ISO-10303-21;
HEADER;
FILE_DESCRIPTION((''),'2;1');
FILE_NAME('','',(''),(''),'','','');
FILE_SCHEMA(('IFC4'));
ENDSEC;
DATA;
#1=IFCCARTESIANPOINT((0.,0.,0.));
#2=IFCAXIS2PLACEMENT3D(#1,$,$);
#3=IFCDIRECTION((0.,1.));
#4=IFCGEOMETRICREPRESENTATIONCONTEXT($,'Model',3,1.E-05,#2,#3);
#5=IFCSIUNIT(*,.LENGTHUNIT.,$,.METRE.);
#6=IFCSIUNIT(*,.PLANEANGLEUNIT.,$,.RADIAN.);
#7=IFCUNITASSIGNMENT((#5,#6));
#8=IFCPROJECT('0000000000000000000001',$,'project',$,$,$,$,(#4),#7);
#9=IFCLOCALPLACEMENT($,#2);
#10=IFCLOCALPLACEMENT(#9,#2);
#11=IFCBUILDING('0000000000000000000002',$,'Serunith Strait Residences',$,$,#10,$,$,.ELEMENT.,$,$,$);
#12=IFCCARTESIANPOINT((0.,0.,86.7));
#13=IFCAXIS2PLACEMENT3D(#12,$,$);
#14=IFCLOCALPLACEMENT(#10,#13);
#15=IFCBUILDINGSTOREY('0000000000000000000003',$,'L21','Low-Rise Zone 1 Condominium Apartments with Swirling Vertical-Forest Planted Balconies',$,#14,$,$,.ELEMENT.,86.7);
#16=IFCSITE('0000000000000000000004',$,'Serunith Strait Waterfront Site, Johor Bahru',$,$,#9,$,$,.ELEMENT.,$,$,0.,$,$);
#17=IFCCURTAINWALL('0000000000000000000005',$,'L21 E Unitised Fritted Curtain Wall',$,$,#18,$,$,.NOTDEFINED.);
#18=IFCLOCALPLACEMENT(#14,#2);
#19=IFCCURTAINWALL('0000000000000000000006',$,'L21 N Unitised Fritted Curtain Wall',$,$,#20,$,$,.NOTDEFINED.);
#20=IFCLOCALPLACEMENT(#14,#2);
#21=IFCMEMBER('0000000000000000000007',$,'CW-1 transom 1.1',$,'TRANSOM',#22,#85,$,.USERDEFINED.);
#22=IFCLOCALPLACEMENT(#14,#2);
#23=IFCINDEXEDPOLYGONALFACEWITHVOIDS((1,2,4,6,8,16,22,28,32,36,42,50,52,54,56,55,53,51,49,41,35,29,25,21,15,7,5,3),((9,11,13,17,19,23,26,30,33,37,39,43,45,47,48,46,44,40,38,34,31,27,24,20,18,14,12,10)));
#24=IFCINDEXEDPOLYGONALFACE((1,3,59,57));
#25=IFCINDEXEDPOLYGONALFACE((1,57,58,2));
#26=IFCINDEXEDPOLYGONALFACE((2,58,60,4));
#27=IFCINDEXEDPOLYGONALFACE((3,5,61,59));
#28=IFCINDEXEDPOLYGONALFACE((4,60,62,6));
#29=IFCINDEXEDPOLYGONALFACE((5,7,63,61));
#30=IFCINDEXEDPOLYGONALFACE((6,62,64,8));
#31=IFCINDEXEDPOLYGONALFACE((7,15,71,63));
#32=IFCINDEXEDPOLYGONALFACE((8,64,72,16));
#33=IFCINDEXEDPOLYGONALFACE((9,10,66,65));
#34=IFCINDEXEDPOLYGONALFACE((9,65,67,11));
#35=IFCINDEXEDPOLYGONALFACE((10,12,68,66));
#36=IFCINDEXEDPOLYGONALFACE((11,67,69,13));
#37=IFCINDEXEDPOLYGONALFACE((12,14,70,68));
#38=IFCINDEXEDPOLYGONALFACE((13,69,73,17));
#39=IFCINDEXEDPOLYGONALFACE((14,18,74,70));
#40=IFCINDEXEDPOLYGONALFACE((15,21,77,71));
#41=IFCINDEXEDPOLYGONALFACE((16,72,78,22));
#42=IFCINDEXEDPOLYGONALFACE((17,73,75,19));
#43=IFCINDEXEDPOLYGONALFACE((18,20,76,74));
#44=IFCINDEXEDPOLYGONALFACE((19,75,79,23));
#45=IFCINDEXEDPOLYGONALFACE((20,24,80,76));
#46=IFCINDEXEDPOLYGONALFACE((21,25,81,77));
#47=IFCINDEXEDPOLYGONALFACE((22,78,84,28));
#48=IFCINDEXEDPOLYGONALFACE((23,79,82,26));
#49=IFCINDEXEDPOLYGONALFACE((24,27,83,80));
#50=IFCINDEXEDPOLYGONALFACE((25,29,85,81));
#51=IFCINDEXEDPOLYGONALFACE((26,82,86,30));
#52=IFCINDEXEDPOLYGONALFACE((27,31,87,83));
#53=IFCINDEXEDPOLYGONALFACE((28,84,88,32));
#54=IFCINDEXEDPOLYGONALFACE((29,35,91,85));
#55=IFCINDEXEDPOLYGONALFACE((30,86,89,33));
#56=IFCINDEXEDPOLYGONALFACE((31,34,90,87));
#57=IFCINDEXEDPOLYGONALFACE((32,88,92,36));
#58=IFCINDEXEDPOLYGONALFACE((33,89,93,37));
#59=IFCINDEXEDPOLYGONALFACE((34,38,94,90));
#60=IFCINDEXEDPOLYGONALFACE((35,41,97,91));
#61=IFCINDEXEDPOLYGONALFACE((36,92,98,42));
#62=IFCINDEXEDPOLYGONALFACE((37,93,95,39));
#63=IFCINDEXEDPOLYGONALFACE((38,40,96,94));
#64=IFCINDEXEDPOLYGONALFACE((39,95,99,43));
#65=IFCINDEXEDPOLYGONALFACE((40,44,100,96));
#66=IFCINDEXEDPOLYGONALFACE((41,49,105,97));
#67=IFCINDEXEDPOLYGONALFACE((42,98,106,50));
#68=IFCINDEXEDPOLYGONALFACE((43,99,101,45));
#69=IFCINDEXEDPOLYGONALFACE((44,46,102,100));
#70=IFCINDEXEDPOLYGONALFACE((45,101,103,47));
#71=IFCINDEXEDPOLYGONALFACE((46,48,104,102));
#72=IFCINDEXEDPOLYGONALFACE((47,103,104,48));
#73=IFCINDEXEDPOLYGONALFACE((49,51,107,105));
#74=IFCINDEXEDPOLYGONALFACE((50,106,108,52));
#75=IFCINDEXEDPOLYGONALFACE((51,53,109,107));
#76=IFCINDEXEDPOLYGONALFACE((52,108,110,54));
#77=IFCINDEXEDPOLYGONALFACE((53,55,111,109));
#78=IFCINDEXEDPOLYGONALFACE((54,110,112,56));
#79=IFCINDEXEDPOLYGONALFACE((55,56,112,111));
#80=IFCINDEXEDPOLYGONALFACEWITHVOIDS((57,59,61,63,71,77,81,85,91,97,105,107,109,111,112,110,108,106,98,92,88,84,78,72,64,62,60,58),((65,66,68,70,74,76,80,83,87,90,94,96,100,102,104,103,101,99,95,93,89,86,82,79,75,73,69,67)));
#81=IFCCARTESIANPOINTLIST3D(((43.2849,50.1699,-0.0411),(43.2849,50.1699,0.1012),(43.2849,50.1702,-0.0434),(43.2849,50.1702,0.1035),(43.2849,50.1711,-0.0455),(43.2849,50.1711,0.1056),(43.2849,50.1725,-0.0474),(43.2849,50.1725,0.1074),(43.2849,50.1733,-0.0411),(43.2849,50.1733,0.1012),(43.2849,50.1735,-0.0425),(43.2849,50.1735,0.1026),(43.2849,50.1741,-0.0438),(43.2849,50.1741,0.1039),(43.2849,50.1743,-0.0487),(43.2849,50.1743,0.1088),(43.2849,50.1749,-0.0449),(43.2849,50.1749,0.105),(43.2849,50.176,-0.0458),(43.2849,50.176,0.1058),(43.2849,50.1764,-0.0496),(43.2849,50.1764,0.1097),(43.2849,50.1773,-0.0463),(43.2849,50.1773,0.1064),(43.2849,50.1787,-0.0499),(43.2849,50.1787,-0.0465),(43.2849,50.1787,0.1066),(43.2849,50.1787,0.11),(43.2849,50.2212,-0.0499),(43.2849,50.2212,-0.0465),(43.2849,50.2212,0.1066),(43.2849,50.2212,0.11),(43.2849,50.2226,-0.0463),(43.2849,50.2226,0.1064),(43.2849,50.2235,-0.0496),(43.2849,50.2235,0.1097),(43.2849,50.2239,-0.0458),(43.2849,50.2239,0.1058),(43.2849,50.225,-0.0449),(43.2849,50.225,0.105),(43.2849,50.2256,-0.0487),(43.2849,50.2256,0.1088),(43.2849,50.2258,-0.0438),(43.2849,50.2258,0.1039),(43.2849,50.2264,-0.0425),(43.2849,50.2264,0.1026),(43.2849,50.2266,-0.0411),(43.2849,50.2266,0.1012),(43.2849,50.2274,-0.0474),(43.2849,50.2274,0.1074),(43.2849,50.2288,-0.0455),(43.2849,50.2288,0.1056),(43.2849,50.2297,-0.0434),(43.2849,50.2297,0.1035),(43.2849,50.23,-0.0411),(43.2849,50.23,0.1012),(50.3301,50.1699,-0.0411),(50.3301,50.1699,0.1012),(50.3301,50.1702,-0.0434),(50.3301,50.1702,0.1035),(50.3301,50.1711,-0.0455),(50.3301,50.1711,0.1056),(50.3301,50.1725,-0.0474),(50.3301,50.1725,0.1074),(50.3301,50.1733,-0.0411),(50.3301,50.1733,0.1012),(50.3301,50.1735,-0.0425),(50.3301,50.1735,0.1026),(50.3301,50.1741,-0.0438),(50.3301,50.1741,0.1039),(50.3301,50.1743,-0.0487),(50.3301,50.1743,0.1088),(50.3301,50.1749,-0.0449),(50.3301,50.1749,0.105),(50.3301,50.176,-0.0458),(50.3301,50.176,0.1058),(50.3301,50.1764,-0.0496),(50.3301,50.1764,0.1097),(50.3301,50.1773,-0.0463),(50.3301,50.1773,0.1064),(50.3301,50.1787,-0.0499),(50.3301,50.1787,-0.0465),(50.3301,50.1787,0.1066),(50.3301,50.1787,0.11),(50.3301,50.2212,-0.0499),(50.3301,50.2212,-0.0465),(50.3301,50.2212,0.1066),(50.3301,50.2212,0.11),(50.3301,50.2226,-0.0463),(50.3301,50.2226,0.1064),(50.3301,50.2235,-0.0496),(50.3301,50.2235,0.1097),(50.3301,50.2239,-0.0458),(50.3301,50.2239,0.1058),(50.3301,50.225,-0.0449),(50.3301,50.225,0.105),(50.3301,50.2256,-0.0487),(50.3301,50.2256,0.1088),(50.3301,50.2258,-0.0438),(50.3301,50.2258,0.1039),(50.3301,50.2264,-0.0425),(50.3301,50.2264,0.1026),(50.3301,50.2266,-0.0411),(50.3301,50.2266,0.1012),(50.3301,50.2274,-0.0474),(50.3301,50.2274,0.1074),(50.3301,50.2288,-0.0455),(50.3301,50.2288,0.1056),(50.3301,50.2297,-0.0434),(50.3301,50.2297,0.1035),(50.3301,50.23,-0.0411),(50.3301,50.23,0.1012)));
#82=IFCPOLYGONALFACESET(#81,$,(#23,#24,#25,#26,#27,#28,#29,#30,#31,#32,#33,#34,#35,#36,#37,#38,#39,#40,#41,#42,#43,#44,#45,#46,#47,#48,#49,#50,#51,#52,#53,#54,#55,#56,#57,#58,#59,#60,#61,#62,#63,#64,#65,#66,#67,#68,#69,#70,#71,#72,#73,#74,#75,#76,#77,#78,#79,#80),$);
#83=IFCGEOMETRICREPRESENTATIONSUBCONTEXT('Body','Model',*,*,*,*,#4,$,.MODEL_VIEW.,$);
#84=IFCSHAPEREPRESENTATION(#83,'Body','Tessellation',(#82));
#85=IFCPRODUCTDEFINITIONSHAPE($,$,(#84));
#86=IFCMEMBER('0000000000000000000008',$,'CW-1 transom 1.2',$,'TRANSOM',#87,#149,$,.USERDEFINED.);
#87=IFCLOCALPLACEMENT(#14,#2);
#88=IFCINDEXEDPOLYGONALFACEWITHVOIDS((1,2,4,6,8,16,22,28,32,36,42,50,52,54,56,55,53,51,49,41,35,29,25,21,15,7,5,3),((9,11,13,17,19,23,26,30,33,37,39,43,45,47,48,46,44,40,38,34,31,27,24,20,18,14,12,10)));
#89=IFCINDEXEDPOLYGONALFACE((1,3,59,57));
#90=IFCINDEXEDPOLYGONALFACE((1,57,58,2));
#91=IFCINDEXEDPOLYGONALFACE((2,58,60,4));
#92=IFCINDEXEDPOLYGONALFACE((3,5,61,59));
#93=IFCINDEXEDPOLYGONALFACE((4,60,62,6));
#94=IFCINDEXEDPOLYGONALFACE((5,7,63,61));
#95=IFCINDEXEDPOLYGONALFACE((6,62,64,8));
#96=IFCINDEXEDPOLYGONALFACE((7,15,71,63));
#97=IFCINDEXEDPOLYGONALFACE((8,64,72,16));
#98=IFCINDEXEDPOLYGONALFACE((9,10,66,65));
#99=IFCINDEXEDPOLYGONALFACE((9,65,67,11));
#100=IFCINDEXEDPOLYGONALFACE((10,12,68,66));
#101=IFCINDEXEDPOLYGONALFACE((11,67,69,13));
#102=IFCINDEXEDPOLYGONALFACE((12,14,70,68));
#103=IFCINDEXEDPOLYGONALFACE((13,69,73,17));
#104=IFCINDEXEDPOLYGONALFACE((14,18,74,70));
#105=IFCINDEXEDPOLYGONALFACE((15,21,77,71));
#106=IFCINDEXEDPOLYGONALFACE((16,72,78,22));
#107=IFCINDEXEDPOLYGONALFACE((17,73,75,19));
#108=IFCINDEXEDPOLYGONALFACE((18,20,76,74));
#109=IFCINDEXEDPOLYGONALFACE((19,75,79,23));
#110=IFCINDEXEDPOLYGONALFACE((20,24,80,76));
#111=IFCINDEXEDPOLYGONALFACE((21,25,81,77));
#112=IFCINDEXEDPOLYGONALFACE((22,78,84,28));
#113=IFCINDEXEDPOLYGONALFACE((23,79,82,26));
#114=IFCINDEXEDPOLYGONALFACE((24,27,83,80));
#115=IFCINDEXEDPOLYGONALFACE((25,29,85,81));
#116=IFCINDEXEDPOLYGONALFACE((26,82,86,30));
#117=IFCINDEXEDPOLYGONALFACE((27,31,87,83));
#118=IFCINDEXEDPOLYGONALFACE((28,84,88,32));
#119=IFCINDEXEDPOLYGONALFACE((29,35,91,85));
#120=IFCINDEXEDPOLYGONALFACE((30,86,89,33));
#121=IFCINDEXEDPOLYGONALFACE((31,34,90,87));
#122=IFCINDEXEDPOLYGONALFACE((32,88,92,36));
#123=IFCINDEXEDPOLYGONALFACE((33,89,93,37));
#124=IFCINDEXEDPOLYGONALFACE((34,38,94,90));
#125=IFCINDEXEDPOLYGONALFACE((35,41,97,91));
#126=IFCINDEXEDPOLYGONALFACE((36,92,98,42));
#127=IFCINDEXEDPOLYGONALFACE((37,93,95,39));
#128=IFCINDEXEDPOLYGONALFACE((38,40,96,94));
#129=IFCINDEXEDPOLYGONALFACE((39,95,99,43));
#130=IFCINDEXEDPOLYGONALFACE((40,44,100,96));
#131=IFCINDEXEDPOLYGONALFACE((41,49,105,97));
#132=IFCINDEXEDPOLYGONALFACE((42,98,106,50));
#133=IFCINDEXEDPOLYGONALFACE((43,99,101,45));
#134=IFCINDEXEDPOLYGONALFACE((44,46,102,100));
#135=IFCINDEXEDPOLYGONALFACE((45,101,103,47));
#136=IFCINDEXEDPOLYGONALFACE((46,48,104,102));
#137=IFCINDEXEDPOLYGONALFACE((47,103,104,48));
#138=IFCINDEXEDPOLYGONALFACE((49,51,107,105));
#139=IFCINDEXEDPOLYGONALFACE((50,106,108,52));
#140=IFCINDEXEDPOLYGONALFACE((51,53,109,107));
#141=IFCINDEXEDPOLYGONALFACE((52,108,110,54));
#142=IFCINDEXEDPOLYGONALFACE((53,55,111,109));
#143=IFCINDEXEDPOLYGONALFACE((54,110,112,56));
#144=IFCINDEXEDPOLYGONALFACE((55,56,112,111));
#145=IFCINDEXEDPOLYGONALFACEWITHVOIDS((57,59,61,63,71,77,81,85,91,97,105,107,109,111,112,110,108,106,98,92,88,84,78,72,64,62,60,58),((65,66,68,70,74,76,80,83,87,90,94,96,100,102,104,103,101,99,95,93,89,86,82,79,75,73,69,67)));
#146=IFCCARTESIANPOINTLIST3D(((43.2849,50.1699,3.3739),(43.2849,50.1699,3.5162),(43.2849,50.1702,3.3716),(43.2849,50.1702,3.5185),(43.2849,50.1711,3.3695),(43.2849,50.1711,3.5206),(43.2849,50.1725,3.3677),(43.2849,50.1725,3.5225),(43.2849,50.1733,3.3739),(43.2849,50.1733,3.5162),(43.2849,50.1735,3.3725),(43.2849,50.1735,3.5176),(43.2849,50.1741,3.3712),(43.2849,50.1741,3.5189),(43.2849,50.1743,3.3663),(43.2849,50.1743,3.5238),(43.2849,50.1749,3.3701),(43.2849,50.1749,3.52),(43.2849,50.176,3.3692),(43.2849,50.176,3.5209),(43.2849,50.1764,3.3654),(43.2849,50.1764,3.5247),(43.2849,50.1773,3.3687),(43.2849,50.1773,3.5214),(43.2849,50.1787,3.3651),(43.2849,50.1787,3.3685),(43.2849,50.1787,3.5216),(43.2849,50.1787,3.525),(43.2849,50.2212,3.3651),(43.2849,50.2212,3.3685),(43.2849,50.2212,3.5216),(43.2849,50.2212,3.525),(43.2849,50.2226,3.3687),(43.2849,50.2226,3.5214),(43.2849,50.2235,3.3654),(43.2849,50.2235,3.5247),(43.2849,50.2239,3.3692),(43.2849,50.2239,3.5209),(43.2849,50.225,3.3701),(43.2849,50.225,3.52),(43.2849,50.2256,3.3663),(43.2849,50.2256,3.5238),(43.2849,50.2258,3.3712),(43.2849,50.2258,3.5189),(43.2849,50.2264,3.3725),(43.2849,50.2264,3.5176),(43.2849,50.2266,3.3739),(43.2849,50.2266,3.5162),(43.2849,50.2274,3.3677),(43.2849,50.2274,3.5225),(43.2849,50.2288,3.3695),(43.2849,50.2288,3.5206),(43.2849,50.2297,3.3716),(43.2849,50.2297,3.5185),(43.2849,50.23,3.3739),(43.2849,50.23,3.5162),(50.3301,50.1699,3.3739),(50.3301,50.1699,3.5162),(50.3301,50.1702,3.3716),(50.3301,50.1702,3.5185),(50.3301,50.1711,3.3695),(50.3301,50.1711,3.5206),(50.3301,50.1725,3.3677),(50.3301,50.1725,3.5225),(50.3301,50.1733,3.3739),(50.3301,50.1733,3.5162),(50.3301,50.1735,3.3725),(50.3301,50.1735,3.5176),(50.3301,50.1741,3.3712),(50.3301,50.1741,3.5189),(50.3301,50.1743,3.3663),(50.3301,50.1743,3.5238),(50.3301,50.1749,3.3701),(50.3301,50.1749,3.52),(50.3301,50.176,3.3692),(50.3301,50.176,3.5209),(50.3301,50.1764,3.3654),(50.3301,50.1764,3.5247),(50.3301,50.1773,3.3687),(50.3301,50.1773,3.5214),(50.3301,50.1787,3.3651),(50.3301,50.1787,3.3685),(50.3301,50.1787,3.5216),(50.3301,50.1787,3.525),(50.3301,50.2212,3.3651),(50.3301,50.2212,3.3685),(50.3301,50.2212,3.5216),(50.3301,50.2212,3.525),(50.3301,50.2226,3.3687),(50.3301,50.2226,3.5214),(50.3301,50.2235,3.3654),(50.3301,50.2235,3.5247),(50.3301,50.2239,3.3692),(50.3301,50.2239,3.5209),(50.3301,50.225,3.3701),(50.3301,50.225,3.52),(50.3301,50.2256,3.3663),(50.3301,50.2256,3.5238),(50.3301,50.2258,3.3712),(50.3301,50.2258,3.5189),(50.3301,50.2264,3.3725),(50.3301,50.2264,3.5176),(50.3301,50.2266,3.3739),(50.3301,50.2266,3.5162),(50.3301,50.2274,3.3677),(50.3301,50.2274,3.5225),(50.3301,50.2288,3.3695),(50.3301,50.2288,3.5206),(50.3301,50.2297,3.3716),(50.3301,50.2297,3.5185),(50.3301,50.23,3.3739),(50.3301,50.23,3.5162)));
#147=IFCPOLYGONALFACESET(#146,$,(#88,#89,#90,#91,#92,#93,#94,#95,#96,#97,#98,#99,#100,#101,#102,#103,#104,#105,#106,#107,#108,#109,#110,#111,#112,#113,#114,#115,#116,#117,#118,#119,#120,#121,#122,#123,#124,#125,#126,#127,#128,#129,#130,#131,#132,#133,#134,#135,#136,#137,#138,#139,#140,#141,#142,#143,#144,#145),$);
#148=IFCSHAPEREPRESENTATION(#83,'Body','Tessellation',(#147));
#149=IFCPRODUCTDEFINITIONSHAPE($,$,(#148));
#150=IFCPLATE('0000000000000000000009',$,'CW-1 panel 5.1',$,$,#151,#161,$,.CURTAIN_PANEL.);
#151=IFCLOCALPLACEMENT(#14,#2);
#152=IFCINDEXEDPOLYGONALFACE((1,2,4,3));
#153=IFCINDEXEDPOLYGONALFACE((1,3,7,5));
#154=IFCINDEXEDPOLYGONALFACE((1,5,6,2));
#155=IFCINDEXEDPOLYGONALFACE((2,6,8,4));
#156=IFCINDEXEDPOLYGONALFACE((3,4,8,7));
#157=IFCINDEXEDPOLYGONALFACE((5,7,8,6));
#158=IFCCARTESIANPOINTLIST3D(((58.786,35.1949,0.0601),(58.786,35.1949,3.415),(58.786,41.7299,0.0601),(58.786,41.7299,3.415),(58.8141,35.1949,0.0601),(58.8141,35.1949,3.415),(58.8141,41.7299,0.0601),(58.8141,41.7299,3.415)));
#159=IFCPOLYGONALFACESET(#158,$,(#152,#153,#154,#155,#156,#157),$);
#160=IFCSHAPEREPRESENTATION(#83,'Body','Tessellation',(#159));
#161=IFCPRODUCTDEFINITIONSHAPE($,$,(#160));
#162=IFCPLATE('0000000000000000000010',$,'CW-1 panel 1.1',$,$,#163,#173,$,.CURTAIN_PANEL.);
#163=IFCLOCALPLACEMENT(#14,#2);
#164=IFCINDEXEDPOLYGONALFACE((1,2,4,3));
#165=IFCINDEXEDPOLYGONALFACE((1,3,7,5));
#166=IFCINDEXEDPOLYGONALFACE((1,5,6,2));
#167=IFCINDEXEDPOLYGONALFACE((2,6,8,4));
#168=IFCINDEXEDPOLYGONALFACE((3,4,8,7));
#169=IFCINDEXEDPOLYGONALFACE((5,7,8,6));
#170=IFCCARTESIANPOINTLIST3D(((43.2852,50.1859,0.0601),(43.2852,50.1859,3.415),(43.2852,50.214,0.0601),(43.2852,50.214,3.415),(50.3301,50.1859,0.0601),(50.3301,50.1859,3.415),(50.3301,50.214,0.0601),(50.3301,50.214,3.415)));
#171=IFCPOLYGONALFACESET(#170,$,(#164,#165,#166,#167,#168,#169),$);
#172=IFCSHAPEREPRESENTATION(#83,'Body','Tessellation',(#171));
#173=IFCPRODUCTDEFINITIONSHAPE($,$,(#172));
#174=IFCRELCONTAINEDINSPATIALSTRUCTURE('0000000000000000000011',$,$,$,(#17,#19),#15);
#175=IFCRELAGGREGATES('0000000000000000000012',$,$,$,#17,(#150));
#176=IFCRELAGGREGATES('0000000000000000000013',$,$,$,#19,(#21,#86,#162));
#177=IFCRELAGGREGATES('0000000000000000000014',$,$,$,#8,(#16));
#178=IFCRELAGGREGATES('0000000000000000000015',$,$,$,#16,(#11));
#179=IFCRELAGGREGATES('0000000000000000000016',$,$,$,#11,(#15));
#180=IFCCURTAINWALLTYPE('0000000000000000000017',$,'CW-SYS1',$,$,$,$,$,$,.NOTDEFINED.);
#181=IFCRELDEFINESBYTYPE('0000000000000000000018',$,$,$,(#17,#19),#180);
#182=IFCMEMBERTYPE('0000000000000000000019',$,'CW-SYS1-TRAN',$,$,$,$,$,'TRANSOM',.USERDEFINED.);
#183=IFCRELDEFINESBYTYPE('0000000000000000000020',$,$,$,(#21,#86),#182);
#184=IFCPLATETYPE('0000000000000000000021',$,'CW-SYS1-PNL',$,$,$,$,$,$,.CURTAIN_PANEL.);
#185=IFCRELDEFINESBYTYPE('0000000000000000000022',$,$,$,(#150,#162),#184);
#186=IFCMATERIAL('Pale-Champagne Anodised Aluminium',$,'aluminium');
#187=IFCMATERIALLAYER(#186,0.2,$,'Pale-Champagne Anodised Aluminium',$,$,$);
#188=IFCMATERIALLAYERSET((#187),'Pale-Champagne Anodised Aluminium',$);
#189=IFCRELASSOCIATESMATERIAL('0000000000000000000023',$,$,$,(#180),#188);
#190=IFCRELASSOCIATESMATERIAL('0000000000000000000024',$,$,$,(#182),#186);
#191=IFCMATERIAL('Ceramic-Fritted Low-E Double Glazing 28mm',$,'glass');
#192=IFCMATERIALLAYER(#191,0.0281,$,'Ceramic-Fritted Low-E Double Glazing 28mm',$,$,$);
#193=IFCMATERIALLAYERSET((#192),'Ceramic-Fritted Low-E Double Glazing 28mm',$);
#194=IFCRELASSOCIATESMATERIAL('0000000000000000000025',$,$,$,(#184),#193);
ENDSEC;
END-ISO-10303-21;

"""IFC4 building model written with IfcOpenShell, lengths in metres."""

from ifc_helpers import new_model, si_unit, direction, frame, origin, origin_2d, place, context, subcontext, project, spatial, rectangle, hollow_rectangle, extrude, source, transform, mapped, material, layer, layer_set, material_profile, profile_set, type_object, element, aggregate, save


model = new_model("IFC4")

# Units and contexts
model_context = context("Model", 3, precision=1e-05, world=origin(), true_north=direction((0.0, 1.0)))
body_context = subcontext(model_context, "Body", "Model", "MODEL_VIEW")
ifc_project = project(units=[si_unit("LENGTHUNIT", "METRE"), si_unit("PLANEANGLEUNIT", "RADIAN")], contexts=[model_context])

# Site, building, storey
site_placement = place(None, origin())
site = spatial("IfcSite", under=ifc_project, at=site_placement, Name="Serunith Strait Waterfront Site, Johor Bahru", CompositionType="ELEMENT", RefElevation=0.0)
building_placement = place(site_placement, origin())
building = spatial("IfcBuilding", under=site, at=building_placement, Name="Serunith Strait Residences", CompositionType="ELEMENT")
storey_placement = place(building_placement, frame((0.0, 0.0, 86.7)))
storey = spatial("IfcBuildingStorey", under=building, at=storey_placement, Name="L21", Description="Low-Rise Zone 1 Condominium Apartments with Swirling Vertical-Forest Planted Balconies", CompositionType="ELEMENT", Elevation=86.7)

# Curtain wall
ifc_material_1 = material(Name="Pale-Champagne Anodised Aluminium", Category="aluminium")
ifc_layer_1 = layer(ifc_material_1, 0.2, Name="Pale-Champagne Anodised Aluminium")
ifc_layer_set_1 = layer_set([ifc_layer_1], Name="Pale-Champagne Anodised Aluminium")
curtain_wall_type = type_object("IfcCurtainWallType", Name="CW-SYS1", PredefinedType="NOTDEFINED", material=ifc_layer_set_1)
curtain_wall_1_placement = place(storey_placement, origin())
curtain_wall_1 = element("IfcCurtainWall", 1, at=curtain_wall_1_placement, inside=storey, type_object=curtain_wall_type, Name="L21 E Unitised Fritted Curtain Wall", PredefinedType="NOTDEFINED")

# Curtain wall, members
curtain_wall_2_placement = place(storey_placement, origin())
curtain_wall_2 = element("IfcCurtainWall", 2, at=curtain_wall_2_placement, inside=storey, type_object=curtain_wall_type, Name="L21 N Unitised Fritted Curtain Wall", PredefinedType="NOTDEFINED")
ifc_material_profile_1 = material_profile(ifc_material_1, hollow_rectangle(XDim=0.0601, YDim=0.1599, WallThickness=0.0034, InnerFilletRadius=0.0054, OuterFilletRadius=0.0088, at=origin_2d()), Name="ALU 160x60x3.5")
ifc_profile_set_1 = profile_set([ifc_material_profile_1], Name="Pale-Champagne Anodised Aluminium")
member_type_1 = type_object("IfcMemberType", Name="CW-SYS1-TRAN", ElementType="TRANSOM", PredefinedType="USERDEFINED", material=ifc_profile_set_1)
shared_shape_1 = source(origin(), body_context, "Body", "SweptSolid", [
    extrude(hollow_rectangle(XDim=0.0601, YDim=0.1599, WallThickness=0.0034, InnerFilletRadius=0.0054, OuterFilletRadius=0.0088, at=origin_2d()), origin(), (0.0, 0.0, 1.0), 7.0452),
])
member_1_placement = place(storey_placement, frame((50.3301, 50.2, 0.03), z_axis=(-1.0, 0.0, 0.0), x_axis=(0.0, -1.0, 0.0)))
member_1 = element("IfcMember", 3, at=member_1_placement, type_object=member_type_1, Name="CW-1 transom 1.1", ObjectType="TRANSOM", PredefinedType="USERDEFINED", context=body_context, shape_type="MappedRepresentation", body=[
    mapped(shared_shape_1, transform((0.0, 0.0, 0.0), scale=1.0)),
])
member_2_placement = place(storey_placement, frame((50.3301, 50.2, 3.4451), z_axis=(-1.0, 0.0, 0.0), x_axis=(0.0, -1.0, 0.0)))
member_2 = element("IfcMember", 4, at=member_2_placement, type_object=member_type_1, Name="CW-1 transom 1.2", ObjectType="TRANSOM", PredefinedType="USERDEFINED", context=body_context, shape_type="MappedRepresentation", body=[
    mapped(shared_shape_1, transform((0.0, 0.0, 0.0), scale=1.0)),
])

# Plates
ifc_material_2 = material(Name="Ceramic-Fritted Low-E Double Glazing 28mm", Category="glass")
ifc_layer_2 = layer(ifc_material_2, 0.0281, Name="Ceramic-Fritted Low-E Double Glazing 28mm")
ifc_layer_set_2 = layer_set([ifc_layer_2], Name="Ceramic-Fritted Low-E Double Glazing 28mm")
plate_type = type_object("IfcPlateType", Name="CW-SYS1-PNL", PredefinedType="CURTAIN_PANEL", material=ifc_layer_set_2)
shared_shape_2 = source(origin(), body_context, "Body", "SweptSolid", [
    extrude(rectangle(XDim=6.5349, YDim=0.0281, at=origin_2d()), origin(), (0.0, 0.0, 1.0), 3.355),
])
plate_1_placement = place(storey_placement, frame((58.8, 38.4624, 0.0601), z_axis=(0.0, 0.0, 1.0), x_axis=(0.0, 1.0, 0.0)))
plate_1 = element("IfcPlate", 5, at=plate_1_placement, type_object=plate_type, Name="CW-1 panel 5.1", PredefinedType="CURTAIN_PANEL", context=body_context, shape_type="MappedRepresentation", body=[
    mapped(shared_shape_2, transform((0.0, 0.0, 0.0), scale=1.0)),
])
aggregate(curtain_wall_1, [plate_1])
shared_shape_3 = source(origin(), body_context, "Body", "SweptSolid", [
    extrude(rectangle(XDim=7.0449, YDim=0.0281, at=origin_2d()), origin(), (0.0, 0.0, 1.0), 3.355),
])
plate_2_placement = place(storey_placement, frame((46.8076, 50.2, 0.0601), z_axis=(0.0, 0.0, 1.0), x_axis=(-1.0, 0.0, 0.0)))
plate_2 = element("IfcPlate", 6, at=plate_2_placement, type_object=plate_type, Name="CW-1 panel 1.1", PredefinedType="CURTAIN_PANEL", context=body_context, shape_type="MappedRepresentation", body=[
    mapped(shared_shape_3, transform((0.0, 0.0, 0.0), scale=1.0)),
])
aggregate(curtain_wall_2, [member_1, member_2, plate_2])

save(model, "model.ifc")
